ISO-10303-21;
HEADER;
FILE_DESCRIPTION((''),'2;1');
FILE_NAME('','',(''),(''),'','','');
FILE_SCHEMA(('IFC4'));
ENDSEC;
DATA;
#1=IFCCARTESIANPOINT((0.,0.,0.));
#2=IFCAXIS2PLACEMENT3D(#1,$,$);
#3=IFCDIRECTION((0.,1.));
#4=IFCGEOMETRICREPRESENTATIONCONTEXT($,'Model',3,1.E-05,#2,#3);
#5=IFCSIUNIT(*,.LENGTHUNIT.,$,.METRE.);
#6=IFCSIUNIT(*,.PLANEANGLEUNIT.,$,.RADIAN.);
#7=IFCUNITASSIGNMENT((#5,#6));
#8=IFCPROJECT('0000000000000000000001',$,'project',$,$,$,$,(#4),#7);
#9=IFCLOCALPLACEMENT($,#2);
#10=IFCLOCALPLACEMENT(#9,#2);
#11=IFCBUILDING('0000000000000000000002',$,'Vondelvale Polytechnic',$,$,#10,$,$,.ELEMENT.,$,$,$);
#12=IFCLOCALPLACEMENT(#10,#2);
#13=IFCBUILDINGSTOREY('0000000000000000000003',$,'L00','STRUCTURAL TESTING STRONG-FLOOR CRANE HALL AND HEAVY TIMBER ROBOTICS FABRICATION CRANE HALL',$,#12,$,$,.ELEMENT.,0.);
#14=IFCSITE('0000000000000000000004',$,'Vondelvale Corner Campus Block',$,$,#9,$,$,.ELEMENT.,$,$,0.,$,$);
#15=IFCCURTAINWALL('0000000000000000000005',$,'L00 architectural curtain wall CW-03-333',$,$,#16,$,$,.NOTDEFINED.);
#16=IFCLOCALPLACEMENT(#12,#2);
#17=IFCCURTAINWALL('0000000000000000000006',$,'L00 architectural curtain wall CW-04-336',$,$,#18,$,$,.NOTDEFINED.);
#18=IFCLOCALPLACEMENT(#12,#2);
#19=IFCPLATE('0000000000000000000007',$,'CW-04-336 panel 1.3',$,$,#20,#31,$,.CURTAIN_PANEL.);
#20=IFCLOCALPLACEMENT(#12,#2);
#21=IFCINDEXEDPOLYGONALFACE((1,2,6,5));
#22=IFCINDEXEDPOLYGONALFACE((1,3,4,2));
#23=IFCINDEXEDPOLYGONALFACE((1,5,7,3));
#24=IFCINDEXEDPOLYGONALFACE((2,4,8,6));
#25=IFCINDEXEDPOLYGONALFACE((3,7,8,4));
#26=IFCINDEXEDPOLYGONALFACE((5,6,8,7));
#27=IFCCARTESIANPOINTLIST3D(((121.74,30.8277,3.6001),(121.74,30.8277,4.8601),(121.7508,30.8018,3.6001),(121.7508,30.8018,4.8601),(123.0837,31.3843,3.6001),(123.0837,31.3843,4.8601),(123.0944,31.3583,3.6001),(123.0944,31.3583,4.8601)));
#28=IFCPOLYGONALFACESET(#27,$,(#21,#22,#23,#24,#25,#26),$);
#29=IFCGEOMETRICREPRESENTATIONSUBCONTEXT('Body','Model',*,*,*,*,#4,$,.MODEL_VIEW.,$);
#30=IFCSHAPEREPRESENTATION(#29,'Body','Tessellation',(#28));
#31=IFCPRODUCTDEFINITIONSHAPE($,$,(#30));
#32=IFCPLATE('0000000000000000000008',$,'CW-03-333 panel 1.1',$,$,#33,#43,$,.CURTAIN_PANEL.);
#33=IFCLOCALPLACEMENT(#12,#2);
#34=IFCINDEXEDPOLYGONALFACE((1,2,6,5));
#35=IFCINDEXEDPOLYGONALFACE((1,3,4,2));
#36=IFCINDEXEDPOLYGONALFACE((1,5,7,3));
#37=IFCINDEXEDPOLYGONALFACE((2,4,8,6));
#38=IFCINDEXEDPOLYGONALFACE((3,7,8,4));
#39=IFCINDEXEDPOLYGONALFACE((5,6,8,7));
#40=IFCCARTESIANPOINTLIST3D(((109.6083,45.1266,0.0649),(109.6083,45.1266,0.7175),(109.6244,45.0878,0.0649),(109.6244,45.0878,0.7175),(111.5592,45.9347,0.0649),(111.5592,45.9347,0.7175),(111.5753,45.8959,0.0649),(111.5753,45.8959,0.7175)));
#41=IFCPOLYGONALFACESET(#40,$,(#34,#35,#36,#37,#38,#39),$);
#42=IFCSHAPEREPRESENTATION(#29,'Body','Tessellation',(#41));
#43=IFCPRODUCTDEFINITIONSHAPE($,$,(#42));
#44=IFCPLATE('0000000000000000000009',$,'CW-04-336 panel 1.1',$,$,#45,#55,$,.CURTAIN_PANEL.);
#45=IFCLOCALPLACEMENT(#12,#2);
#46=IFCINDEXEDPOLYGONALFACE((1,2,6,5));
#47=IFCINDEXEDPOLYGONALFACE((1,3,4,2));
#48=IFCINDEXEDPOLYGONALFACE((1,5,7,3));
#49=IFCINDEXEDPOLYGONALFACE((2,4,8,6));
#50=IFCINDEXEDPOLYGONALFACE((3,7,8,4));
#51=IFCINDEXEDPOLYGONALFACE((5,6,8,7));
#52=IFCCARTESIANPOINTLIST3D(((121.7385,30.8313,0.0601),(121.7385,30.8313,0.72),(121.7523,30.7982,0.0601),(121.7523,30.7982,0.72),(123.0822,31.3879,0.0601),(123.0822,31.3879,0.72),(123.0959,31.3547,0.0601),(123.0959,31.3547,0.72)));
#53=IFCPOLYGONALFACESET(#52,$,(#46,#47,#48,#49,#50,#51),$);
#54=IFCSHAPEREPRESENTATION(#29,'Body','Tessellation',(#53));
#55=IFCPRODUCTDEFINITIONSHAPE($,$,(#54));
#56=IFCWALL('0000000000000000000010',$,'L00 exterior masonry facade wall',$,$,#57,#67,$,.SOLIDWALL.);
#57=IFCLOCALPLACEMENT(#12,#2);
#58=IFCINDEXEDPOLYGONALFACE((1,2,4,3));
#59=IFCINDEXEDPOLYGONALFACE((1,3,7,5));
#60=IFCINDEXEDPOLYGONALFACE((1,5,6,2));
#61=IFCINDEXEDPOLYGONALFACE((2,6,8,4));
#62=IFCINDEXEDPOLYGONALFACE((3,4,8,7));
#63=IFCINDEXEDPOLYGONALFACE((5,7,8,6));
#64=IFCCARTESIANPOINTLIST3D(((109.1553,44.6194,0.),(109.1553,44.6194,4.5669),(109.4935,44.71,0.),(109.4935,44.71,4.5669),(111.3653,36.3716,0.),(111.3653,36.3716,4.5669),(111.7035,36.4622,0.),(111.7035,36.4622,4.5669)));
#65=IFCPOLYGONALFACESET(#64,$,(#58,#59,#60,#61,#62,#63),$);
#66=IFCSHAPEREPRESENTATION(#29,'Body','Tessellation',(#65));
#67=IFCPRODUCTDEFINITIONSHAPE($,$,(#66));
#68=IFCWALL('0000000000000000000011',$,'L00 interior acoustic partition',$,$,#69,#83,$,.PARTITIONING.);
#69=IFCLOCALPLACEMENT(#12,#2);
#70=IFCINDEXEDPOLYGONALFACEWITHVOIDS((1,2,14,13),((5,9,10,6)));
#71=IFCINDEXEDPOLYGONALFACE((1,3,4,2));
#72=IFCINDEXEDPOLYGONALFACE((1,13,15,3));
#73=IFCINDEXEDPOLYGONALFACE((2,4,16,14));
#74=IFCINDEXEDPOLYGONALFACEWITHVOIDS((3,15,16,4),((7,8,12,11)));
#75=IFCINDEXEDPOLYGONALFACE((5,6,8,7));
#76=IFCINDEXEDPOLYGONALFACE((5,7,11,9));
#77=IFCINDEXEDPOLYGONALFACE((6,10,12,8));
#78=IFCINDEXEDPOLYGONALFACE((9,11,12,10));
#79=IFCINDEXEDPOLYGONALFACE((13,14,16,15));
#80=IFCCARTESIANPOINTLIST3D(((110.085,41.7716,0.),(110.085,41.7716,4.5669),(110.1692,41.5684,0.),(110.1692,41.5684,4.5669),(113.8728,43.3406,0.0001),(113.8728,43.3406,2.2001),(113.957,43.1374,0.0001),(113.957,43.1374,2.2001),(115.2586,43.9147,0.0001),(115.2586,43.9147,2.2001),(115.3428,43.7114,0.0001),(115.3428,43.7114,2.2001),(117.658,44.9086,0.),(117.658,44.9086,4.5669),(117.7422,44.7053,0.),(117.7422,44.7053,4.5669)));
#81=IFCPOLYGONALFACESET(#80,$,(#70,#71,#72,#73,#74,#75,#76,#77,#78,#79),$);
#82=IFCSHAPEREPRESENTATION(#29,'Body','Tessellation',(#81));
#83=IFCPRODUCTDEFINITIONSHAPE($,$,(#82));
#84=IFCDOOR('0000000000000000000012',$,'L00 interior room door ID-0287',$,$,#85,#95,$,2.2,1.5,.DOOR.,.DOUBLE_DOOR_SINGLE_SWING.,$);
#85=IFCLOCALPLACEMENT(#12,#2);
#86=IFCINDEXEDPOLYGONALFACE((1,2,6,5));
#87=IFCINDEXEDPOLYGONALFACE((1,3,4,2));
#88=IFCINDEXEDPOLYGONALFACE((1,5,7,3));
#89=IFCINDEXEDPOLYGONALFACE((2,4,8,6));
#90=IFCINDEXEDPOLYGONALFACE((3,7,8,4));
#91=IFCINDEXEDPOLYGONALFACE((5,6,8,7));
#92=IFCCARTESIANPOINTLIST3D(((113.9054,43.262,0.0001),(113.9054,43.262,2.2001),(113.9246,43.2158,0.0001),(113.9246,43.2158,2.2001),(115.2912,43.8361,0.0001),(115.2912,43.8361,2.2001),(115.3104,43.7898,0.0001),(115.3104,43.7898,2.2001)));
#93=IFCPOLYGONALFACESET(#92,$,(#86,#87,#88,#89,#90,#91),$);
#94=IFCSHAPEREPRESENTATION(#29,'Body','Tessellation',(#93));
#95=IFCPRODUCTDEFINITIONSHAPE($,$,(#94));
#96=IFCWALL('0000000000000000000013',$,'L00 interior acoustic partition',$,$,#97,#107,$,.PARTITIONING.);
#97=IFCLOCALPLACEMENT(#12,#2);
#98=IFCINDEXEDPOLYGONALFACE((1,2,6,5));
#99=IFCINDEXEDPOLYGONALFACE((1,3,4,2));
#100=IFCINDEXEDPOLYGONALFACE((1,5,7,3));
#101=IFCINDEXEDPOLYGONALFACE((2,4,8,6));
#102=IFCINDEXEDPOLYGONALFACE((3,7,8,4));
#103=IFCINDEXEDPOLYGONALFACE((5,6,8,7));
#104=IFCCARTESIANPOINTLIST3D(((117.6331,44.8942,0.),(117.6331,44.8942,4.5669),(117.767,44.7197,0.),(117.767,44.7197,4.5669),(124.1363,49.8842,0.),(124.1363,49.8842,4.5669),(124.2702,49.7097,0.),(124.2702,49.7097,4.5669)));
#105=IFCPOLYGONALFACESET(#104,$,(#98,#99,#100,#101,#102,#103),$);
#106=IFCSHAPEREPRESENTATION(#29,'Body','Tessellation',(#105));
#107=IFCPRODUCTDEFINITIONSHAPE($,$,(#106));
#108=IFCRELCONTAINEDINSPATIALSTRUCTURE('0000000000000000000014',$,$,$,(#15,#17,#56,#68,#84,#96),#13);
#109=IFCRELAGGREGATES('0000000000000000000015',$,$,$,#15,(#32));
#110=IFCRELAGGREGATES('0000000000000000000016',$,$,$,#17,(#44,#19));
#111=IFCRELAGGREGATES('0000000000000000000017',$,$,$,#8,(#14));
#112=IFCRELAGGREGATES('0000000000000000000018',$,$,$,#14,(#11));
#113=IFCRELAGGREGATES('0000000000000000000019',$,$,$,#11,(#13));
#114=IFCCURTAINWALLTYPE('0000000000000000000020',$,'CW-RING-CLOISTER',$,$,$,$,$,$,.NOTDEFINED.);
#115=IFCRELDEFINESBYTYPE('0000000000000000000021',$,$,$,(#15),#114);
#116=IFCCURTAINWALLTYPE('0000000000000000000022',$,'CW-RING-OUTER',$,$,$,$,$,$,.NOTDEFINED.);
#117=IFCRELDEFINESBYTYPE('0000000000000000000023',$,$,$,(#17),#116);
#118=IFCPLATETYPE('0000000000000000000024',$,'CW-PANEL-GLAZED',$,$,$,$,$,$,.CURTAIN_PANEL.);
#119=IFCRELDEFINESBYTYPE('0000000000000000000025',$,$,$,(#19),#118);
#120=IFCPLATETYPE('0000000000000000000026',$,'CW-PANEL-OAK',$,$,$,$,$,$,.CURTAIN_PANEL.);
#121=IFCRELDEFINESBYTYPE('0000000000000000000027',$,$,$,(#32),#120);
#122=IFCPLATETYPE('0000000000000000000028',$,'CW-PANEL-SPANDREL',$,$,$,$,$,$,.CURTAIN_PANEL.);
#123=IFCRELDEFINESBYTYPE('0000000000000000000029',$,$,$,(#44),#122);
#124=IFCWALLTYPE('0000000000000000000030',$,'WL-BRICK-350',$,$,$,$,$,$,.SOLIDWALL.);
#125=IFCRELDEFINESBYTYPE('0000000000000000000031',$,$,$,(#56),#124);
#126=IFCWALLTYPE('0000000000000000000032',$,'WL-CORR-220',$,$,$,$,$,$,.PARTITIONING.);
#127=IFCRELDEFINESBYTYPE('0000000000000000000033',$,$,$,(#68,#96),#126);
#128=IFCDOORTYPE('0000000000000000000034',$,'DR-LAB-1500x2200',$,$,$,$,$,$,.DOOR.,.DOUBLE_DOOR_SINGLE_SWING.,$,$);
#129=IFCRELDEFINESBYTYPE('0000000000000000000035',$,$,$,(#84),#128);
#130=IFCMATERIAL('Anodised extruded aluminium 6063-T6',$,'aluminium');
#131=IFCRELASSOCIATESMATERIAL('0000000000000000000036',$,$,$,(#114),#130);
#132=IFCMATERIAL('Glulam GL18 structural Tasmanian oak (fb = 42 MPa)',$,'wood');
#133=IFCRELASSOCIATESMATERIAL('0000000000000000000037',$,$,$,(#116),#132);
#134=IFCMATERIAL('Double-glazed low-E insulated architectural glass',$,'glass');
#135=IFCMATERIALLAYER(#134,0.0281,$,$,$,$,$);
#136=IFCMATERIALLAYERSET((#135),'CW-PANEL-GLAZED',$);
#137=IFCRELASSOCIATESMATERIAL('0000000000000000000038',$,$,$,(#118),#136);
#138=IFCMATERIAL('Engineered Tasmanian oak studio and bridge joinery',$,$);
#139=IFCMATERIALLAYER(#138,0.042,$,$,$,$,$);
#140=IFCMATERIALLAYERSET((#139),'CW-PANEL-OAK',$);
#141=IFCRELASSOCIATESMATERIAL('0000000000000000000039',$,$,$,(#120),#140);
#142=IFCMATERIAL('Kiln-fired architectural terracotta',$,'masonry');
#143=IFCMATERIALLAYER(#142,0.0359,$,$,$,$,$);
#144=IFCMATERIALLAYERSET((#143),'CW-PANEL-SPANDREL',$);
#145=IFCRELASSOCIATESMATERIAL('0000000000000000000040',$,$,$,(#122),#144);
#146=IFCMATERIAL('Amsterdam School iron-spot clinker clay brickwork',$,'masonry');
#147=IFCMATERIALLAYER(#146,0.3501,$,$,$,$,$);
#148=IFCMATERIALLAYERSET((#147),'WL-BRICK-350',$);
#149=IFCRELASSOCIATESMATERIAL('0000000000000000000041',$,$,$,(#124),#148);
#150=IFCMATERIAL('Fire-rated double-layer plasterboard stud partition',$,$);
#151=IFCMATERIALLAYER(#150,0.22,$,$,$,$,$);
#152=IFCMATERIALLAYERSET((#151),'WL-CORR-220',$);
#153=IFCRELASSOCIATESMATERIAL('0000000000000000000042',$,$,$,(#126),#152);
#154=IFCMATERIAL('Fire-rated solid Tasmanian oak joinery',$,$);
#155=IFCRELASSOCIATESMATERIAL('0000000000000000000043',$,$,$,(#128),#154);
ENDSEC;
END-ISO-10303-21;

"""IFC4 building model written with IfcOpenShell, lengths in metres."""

from ifc_helpers import new_model, si_unit, direction, frame, frame_2d, origin, origin_2d, place, context, subcontext, project, spatial, rectangle, extrude, material, layer, layer_set, type_object, element, fill, aggregate, save


model = new_model("IFC4")

# Units and contexts
model_context = context("Model", 3, precision=1e-05, world=origin(), true_north=direction((0.0, 1.0)))
body_context = subcontext(model_context, "Body", "Model", "MODEL_VIEW")
ifc_project = project(units=[si_unit("LENGTHUNIT", "METRE"), si_unit("PLANEANGLEUNIT", "RADIAN")], contexts=[model_context])

# Site, building, storey
site_placement = place(None, origin())
site = spatial("IfcSite", under=ifc_project, at=site_placement, Name="Vondelvale Corner Campus Block", CompositionType="ELEMENT", RefElevation=0.0)
building_placement = place(site_placement, origin())
building = spatial("IfcBuilding", under=site, at=building_placement, Name="Vondelvale Polytechnic", CompositionType="ELEMENT")
storey_placement = place(building_placement, origin())
storey = spatial("IfcBuildingStorey", under=building, at=storey_placement, Name="L00", Description="STRUCTURAL TESTING STRONG-FLOOR CRANE HALL AND HEAVY TIMBER ROBOTICS FABRICATION CRANE HALL", CompositionType="ELEMENT", Elevation=0.0)

# Curtain wall
ifc_material_1 = material(Name="Anodised extruded aluminium 6063-T6", Category="aluminium")
curtain_wall_type_1 = type_object("IfcCurtainWallType", Name="CW-RING-CLOISTER", PredefinedType="NOTDEFINED", material=ifc_material_1)
curtain_wall_1_placement = place(storey_placement, origin())
curtain_wall_1 = element("IfcCurtainWall", 1, at=curtain_wall_1_placement, inside=storey, type_object=curtain_wall_type_1, Name="L00 architectural curtain wall CW-03-333", PredefinedType="NOTDEFINED")

# Curtain wall
ifc_material_2 = material(Name="Glulam GL18 structural Tasmanian oak (fb = 42 MPa)", Category="wood")
curtain_wall_type_2 = type_object("IfcCurtainWallType", Name="CW-RING-OUTER", PredefinedType="NOTDEFINED", material=ifc_material_2)
curtain_wall_2_placement = place(storey_placement, origin())
curtain_wall_2 = element("IfcCurtainWall", 2, at=curtain_wall_2_placement, inside=storey, type_object=curtain_wall_type_2, Name="L00 architectural curtain wall CW-04-336", PredefinedType="NOTDEFINED")

# Plates
ifc_material_3 = material(Name="Double-glazed low-E insulated architectural glass", Category="glass")
ifc_layer_1 = layer(ifc_material_3, 0.0281)
ifc_layer_set_1 = layer_set([ifc_layer_1], Name="CW-PANEL-GLAZED")
plate_type_1 = type_object("IfcPlateType", Name="CW-PANEL-GLAZED", PredefinedType="CURTAIN_PANEL", material=ifc_layer_set_1)
plate_1_placement = place(storey_placement, frame((122.4172, 31.093, 3.6001), z_axis=(0.0, 0.0, 1.0), x_axis=(0.923881, 0.382679, 0.0)))
plate_1 = element("IfcPlate", 3, at=plate_1_placement, type_object=plate_type_1, Name="CW-04-336 panel 1.3", PredefinedType="CURTAIN_PANEL", context=body_context, shape_type="SweptSolid", body=[
    extrude(rectangle(XDim=1.4543, YDim=0.0281, at=origin_2d()), origin(), (0.0, 0.0, 1.0), 1.26),
])
ifc_material_4 = material(Name="Engineered Tasmanian oak studio and bridge joinery")
ifc_layer_2 = layer(ifc_material_4, 0.042)
ifc_layer_set_2 = layer_set([ifc_layer_2], Name="CW-PANEL-OAK")
plate_type_2 = type_object("IfcPlateType", Name="CW-PANEL-OAK", PredefinedType="CURTAIN_PANEL", material=ifc_layer_set_2)
plate_2_placement = place(storey_placement, frame((110.5918, 45.5112, 0.0649), z_axis=(0.0, 0.0, 1.0), x_axis=(0.923882, 0.382679, 0.0)))
plate_2 = element("IfcPlate", 4, at=plate_2_placement, type_object=plate_type_2, Name="CW-03-333 panel 1.1", PredefinedType="CURTAIN_PANEL", context=body_context, shape_type="SweptSolid", body=[
    extrude(rectangle(XDim=2.1116, YDim=0.042, at=origin_2d()), origin(), (0.0, 0.0, 1.0), 0.6526),
])
aggregate(curtain_wall_1, [plate_2])
ifc_material_5 = material(Name="Kiln-fired architectural terracotta", Category="masonry")
ifc_layer_3 = layer(ifc_material_5, 0.0359)
ifc_layer_set_3 = layer_set([ifc_layer_3], Name="CW-PANEL-SPANDREL")
plate_type_3 = type_object("IfcPlateType", Name="CW-PANEL-SPANDREL", PredefinedType="CURTAIN_PANEL", material=ifc_layer_set_3)
plate_3_placement = place(storey_placement, frame((122.4172, 31.093, 0.0601), z_axis=(0.0, 0.0, 1.0), x_axis=(0.923881, 0.382679, 0.0)))
plate_3 = element("IfcPlate", 5, at=plate_3_placement, type_object=plate_type_3, Name="CW-04-336 panel 1.1", PredefinedType="CURTAIN_PANEL", context=body_context, shape_type="SweptSolid", body=[
    extrude(rectangle(XDim=1.4543, YDim=0.0359, at=origin_2d()), origin(), (0.0, 0.0, 1.0), 0.6599),
])
aggregate(curtain_wall_2, [plate_3, plate_1])

# Wall
ifc_material_6 = material(Name="Amsterdam School iron-spot clinker clay brickwork", Category="masonry")
ifc_layer_4 = layer(ifc_material_6, 0.3501)
ifc_layer_set_4 = layer_set([ifc_layer_4], Name="WL-BRICK-350")
wall_type_1 = type_object("IfcWallType", Name="WL-BRICK-350", PredefinedType="SOLIDWALL", material=ifc_layer_set_4)
wall_1_placement = place(storey_placement, frame((111.5344, 36.4167, 0.0), z_axis=(0.0, 0.0, 1.0), x_axis=(-0.258816, 0.965927, 0.0)))
element("IfcWall", 6, at=wall_1_placement, inside=storey, type_object=wall_type_1, Name="L00 exterior masonry facade wall", PredefinedType="SOLIDWALL", context=body_context, shape_type="SweptSolid", body=[
    extrude(rectangle(XDim=8.5388, YDim=0.3501, at=frame_2d((4.2695, 0.0))), origin(), (0.0, 0.0, 1.0), 4.5669),
])

# Wall, opening, door
ifc_material_7 = material(Name="Fire-rated double-layer plasterboard stud partition")
ifc_layer_5 = layer(ifc_material_7, 0.22)
ifc_layer_set_5 = layer_set([ifc_layer_5], Name="WL-CORR-220")
wall_type_2 = type_object("IfcWallType", Name="WL-CORR-220", PredefinedType="PARTITIONING", material=ifc_layer_set_5)
wall_2_placement = place(storey_placement, frame((110.127, 41.6699, 0.0), z_axis=(0.0, 0.0, 1.0), x_axis=(0.923874, 0.382696, 0.0)))
wall_2 = element("IfcWall", 7, at=wall_2_placement, inside=storey, type_object=wall_type_2, Name="L00 interior acoustic partition", PredefinedType="PARTITIONING", context=body_context, shape_type="SweptSolid", body=[
    extrude(rectangle(XDim=8.197, YDim=0.22, at=frame_2d((4.0986, 0.0))), origin(), (0.0, 0.0, 1.0), 4.5669),
])
opening_placement = place(wall_2_placement, frame((4.1001, 0.0, 0.0)))
opening = element("IfcOpeningElement", 8, at=opening_placement, cuts=wall_2, PredefinedType="OPENING", context=body_context, shape_type="SweptSolid", body=[
    extrude(rectangle(XDim=1.5, YDim=2.2, at=frame_2d((0.75, 1.1001))), frame((0.0, 0.1199, 0.0), z_axis=(0.0, -1.0, 0.0), x_axis=(1.0, 0.0, 0.0)), (0.0, 0.0, 1.0), 0.24),
])
ifc_material_8 = material(Name="Fire-rated solid Tasmanian oak joinery")
door_type = type_object("IfcDoorType", Name="DR-LAB-1500x2200", OperationType="DOUBLE_DOOR_SINGLE_SWING", PredefinedType="DOOR", material=ifc_material_8)
door_placement = place(opening_placement, origin())
door = element("IfcDoor", 9, at=door_placement, inside=storey, type_object=door_type, Name="L00 interior room door ID-0287", OperationType="DOUBLE_DOOR_SINGLE_SWING", OverallHeight=2.2, OverallWidth=1.5, PredefinedType="DOOR", context=body_context, shape_type="SweptSolid", body=[
    extrude(rectangle(XDim=1.5, YDim=2.2, at=frame_2d((0.75, 1.1001))), frame((0.0, 0.0249, 0.0), z_axis=(0.0, -1.0, 0.0), x_axis=(1.0, 0.0, 0.0)), (0.0, 0.0, 1.0), 0.05),
])
fill(opening, door)

# Wall
wall_3_placement = place(storey_placement, frame((117.7, 44.8069, 0.0), z_axis=(0.0, 0.0, 1.0), x_axis=(0.793357, 0.608756, 0.0)))
element("IfcWall", 10, at=wall_3_placement, inside=storey, type_object=wall_type_2, Name="L00 interior acoustic partition", PredefinedType="PARTITIONING", context=body_context, shape_type="SweptSolid", body=[
    extrude(rectangle(XDim=8.197, YDim=0.22, at=frame_2d((4.0986, 0.0))), origin(), (0.0, 0.0, 1.0), 4.5669),
])

save(model, "model.ifc")
